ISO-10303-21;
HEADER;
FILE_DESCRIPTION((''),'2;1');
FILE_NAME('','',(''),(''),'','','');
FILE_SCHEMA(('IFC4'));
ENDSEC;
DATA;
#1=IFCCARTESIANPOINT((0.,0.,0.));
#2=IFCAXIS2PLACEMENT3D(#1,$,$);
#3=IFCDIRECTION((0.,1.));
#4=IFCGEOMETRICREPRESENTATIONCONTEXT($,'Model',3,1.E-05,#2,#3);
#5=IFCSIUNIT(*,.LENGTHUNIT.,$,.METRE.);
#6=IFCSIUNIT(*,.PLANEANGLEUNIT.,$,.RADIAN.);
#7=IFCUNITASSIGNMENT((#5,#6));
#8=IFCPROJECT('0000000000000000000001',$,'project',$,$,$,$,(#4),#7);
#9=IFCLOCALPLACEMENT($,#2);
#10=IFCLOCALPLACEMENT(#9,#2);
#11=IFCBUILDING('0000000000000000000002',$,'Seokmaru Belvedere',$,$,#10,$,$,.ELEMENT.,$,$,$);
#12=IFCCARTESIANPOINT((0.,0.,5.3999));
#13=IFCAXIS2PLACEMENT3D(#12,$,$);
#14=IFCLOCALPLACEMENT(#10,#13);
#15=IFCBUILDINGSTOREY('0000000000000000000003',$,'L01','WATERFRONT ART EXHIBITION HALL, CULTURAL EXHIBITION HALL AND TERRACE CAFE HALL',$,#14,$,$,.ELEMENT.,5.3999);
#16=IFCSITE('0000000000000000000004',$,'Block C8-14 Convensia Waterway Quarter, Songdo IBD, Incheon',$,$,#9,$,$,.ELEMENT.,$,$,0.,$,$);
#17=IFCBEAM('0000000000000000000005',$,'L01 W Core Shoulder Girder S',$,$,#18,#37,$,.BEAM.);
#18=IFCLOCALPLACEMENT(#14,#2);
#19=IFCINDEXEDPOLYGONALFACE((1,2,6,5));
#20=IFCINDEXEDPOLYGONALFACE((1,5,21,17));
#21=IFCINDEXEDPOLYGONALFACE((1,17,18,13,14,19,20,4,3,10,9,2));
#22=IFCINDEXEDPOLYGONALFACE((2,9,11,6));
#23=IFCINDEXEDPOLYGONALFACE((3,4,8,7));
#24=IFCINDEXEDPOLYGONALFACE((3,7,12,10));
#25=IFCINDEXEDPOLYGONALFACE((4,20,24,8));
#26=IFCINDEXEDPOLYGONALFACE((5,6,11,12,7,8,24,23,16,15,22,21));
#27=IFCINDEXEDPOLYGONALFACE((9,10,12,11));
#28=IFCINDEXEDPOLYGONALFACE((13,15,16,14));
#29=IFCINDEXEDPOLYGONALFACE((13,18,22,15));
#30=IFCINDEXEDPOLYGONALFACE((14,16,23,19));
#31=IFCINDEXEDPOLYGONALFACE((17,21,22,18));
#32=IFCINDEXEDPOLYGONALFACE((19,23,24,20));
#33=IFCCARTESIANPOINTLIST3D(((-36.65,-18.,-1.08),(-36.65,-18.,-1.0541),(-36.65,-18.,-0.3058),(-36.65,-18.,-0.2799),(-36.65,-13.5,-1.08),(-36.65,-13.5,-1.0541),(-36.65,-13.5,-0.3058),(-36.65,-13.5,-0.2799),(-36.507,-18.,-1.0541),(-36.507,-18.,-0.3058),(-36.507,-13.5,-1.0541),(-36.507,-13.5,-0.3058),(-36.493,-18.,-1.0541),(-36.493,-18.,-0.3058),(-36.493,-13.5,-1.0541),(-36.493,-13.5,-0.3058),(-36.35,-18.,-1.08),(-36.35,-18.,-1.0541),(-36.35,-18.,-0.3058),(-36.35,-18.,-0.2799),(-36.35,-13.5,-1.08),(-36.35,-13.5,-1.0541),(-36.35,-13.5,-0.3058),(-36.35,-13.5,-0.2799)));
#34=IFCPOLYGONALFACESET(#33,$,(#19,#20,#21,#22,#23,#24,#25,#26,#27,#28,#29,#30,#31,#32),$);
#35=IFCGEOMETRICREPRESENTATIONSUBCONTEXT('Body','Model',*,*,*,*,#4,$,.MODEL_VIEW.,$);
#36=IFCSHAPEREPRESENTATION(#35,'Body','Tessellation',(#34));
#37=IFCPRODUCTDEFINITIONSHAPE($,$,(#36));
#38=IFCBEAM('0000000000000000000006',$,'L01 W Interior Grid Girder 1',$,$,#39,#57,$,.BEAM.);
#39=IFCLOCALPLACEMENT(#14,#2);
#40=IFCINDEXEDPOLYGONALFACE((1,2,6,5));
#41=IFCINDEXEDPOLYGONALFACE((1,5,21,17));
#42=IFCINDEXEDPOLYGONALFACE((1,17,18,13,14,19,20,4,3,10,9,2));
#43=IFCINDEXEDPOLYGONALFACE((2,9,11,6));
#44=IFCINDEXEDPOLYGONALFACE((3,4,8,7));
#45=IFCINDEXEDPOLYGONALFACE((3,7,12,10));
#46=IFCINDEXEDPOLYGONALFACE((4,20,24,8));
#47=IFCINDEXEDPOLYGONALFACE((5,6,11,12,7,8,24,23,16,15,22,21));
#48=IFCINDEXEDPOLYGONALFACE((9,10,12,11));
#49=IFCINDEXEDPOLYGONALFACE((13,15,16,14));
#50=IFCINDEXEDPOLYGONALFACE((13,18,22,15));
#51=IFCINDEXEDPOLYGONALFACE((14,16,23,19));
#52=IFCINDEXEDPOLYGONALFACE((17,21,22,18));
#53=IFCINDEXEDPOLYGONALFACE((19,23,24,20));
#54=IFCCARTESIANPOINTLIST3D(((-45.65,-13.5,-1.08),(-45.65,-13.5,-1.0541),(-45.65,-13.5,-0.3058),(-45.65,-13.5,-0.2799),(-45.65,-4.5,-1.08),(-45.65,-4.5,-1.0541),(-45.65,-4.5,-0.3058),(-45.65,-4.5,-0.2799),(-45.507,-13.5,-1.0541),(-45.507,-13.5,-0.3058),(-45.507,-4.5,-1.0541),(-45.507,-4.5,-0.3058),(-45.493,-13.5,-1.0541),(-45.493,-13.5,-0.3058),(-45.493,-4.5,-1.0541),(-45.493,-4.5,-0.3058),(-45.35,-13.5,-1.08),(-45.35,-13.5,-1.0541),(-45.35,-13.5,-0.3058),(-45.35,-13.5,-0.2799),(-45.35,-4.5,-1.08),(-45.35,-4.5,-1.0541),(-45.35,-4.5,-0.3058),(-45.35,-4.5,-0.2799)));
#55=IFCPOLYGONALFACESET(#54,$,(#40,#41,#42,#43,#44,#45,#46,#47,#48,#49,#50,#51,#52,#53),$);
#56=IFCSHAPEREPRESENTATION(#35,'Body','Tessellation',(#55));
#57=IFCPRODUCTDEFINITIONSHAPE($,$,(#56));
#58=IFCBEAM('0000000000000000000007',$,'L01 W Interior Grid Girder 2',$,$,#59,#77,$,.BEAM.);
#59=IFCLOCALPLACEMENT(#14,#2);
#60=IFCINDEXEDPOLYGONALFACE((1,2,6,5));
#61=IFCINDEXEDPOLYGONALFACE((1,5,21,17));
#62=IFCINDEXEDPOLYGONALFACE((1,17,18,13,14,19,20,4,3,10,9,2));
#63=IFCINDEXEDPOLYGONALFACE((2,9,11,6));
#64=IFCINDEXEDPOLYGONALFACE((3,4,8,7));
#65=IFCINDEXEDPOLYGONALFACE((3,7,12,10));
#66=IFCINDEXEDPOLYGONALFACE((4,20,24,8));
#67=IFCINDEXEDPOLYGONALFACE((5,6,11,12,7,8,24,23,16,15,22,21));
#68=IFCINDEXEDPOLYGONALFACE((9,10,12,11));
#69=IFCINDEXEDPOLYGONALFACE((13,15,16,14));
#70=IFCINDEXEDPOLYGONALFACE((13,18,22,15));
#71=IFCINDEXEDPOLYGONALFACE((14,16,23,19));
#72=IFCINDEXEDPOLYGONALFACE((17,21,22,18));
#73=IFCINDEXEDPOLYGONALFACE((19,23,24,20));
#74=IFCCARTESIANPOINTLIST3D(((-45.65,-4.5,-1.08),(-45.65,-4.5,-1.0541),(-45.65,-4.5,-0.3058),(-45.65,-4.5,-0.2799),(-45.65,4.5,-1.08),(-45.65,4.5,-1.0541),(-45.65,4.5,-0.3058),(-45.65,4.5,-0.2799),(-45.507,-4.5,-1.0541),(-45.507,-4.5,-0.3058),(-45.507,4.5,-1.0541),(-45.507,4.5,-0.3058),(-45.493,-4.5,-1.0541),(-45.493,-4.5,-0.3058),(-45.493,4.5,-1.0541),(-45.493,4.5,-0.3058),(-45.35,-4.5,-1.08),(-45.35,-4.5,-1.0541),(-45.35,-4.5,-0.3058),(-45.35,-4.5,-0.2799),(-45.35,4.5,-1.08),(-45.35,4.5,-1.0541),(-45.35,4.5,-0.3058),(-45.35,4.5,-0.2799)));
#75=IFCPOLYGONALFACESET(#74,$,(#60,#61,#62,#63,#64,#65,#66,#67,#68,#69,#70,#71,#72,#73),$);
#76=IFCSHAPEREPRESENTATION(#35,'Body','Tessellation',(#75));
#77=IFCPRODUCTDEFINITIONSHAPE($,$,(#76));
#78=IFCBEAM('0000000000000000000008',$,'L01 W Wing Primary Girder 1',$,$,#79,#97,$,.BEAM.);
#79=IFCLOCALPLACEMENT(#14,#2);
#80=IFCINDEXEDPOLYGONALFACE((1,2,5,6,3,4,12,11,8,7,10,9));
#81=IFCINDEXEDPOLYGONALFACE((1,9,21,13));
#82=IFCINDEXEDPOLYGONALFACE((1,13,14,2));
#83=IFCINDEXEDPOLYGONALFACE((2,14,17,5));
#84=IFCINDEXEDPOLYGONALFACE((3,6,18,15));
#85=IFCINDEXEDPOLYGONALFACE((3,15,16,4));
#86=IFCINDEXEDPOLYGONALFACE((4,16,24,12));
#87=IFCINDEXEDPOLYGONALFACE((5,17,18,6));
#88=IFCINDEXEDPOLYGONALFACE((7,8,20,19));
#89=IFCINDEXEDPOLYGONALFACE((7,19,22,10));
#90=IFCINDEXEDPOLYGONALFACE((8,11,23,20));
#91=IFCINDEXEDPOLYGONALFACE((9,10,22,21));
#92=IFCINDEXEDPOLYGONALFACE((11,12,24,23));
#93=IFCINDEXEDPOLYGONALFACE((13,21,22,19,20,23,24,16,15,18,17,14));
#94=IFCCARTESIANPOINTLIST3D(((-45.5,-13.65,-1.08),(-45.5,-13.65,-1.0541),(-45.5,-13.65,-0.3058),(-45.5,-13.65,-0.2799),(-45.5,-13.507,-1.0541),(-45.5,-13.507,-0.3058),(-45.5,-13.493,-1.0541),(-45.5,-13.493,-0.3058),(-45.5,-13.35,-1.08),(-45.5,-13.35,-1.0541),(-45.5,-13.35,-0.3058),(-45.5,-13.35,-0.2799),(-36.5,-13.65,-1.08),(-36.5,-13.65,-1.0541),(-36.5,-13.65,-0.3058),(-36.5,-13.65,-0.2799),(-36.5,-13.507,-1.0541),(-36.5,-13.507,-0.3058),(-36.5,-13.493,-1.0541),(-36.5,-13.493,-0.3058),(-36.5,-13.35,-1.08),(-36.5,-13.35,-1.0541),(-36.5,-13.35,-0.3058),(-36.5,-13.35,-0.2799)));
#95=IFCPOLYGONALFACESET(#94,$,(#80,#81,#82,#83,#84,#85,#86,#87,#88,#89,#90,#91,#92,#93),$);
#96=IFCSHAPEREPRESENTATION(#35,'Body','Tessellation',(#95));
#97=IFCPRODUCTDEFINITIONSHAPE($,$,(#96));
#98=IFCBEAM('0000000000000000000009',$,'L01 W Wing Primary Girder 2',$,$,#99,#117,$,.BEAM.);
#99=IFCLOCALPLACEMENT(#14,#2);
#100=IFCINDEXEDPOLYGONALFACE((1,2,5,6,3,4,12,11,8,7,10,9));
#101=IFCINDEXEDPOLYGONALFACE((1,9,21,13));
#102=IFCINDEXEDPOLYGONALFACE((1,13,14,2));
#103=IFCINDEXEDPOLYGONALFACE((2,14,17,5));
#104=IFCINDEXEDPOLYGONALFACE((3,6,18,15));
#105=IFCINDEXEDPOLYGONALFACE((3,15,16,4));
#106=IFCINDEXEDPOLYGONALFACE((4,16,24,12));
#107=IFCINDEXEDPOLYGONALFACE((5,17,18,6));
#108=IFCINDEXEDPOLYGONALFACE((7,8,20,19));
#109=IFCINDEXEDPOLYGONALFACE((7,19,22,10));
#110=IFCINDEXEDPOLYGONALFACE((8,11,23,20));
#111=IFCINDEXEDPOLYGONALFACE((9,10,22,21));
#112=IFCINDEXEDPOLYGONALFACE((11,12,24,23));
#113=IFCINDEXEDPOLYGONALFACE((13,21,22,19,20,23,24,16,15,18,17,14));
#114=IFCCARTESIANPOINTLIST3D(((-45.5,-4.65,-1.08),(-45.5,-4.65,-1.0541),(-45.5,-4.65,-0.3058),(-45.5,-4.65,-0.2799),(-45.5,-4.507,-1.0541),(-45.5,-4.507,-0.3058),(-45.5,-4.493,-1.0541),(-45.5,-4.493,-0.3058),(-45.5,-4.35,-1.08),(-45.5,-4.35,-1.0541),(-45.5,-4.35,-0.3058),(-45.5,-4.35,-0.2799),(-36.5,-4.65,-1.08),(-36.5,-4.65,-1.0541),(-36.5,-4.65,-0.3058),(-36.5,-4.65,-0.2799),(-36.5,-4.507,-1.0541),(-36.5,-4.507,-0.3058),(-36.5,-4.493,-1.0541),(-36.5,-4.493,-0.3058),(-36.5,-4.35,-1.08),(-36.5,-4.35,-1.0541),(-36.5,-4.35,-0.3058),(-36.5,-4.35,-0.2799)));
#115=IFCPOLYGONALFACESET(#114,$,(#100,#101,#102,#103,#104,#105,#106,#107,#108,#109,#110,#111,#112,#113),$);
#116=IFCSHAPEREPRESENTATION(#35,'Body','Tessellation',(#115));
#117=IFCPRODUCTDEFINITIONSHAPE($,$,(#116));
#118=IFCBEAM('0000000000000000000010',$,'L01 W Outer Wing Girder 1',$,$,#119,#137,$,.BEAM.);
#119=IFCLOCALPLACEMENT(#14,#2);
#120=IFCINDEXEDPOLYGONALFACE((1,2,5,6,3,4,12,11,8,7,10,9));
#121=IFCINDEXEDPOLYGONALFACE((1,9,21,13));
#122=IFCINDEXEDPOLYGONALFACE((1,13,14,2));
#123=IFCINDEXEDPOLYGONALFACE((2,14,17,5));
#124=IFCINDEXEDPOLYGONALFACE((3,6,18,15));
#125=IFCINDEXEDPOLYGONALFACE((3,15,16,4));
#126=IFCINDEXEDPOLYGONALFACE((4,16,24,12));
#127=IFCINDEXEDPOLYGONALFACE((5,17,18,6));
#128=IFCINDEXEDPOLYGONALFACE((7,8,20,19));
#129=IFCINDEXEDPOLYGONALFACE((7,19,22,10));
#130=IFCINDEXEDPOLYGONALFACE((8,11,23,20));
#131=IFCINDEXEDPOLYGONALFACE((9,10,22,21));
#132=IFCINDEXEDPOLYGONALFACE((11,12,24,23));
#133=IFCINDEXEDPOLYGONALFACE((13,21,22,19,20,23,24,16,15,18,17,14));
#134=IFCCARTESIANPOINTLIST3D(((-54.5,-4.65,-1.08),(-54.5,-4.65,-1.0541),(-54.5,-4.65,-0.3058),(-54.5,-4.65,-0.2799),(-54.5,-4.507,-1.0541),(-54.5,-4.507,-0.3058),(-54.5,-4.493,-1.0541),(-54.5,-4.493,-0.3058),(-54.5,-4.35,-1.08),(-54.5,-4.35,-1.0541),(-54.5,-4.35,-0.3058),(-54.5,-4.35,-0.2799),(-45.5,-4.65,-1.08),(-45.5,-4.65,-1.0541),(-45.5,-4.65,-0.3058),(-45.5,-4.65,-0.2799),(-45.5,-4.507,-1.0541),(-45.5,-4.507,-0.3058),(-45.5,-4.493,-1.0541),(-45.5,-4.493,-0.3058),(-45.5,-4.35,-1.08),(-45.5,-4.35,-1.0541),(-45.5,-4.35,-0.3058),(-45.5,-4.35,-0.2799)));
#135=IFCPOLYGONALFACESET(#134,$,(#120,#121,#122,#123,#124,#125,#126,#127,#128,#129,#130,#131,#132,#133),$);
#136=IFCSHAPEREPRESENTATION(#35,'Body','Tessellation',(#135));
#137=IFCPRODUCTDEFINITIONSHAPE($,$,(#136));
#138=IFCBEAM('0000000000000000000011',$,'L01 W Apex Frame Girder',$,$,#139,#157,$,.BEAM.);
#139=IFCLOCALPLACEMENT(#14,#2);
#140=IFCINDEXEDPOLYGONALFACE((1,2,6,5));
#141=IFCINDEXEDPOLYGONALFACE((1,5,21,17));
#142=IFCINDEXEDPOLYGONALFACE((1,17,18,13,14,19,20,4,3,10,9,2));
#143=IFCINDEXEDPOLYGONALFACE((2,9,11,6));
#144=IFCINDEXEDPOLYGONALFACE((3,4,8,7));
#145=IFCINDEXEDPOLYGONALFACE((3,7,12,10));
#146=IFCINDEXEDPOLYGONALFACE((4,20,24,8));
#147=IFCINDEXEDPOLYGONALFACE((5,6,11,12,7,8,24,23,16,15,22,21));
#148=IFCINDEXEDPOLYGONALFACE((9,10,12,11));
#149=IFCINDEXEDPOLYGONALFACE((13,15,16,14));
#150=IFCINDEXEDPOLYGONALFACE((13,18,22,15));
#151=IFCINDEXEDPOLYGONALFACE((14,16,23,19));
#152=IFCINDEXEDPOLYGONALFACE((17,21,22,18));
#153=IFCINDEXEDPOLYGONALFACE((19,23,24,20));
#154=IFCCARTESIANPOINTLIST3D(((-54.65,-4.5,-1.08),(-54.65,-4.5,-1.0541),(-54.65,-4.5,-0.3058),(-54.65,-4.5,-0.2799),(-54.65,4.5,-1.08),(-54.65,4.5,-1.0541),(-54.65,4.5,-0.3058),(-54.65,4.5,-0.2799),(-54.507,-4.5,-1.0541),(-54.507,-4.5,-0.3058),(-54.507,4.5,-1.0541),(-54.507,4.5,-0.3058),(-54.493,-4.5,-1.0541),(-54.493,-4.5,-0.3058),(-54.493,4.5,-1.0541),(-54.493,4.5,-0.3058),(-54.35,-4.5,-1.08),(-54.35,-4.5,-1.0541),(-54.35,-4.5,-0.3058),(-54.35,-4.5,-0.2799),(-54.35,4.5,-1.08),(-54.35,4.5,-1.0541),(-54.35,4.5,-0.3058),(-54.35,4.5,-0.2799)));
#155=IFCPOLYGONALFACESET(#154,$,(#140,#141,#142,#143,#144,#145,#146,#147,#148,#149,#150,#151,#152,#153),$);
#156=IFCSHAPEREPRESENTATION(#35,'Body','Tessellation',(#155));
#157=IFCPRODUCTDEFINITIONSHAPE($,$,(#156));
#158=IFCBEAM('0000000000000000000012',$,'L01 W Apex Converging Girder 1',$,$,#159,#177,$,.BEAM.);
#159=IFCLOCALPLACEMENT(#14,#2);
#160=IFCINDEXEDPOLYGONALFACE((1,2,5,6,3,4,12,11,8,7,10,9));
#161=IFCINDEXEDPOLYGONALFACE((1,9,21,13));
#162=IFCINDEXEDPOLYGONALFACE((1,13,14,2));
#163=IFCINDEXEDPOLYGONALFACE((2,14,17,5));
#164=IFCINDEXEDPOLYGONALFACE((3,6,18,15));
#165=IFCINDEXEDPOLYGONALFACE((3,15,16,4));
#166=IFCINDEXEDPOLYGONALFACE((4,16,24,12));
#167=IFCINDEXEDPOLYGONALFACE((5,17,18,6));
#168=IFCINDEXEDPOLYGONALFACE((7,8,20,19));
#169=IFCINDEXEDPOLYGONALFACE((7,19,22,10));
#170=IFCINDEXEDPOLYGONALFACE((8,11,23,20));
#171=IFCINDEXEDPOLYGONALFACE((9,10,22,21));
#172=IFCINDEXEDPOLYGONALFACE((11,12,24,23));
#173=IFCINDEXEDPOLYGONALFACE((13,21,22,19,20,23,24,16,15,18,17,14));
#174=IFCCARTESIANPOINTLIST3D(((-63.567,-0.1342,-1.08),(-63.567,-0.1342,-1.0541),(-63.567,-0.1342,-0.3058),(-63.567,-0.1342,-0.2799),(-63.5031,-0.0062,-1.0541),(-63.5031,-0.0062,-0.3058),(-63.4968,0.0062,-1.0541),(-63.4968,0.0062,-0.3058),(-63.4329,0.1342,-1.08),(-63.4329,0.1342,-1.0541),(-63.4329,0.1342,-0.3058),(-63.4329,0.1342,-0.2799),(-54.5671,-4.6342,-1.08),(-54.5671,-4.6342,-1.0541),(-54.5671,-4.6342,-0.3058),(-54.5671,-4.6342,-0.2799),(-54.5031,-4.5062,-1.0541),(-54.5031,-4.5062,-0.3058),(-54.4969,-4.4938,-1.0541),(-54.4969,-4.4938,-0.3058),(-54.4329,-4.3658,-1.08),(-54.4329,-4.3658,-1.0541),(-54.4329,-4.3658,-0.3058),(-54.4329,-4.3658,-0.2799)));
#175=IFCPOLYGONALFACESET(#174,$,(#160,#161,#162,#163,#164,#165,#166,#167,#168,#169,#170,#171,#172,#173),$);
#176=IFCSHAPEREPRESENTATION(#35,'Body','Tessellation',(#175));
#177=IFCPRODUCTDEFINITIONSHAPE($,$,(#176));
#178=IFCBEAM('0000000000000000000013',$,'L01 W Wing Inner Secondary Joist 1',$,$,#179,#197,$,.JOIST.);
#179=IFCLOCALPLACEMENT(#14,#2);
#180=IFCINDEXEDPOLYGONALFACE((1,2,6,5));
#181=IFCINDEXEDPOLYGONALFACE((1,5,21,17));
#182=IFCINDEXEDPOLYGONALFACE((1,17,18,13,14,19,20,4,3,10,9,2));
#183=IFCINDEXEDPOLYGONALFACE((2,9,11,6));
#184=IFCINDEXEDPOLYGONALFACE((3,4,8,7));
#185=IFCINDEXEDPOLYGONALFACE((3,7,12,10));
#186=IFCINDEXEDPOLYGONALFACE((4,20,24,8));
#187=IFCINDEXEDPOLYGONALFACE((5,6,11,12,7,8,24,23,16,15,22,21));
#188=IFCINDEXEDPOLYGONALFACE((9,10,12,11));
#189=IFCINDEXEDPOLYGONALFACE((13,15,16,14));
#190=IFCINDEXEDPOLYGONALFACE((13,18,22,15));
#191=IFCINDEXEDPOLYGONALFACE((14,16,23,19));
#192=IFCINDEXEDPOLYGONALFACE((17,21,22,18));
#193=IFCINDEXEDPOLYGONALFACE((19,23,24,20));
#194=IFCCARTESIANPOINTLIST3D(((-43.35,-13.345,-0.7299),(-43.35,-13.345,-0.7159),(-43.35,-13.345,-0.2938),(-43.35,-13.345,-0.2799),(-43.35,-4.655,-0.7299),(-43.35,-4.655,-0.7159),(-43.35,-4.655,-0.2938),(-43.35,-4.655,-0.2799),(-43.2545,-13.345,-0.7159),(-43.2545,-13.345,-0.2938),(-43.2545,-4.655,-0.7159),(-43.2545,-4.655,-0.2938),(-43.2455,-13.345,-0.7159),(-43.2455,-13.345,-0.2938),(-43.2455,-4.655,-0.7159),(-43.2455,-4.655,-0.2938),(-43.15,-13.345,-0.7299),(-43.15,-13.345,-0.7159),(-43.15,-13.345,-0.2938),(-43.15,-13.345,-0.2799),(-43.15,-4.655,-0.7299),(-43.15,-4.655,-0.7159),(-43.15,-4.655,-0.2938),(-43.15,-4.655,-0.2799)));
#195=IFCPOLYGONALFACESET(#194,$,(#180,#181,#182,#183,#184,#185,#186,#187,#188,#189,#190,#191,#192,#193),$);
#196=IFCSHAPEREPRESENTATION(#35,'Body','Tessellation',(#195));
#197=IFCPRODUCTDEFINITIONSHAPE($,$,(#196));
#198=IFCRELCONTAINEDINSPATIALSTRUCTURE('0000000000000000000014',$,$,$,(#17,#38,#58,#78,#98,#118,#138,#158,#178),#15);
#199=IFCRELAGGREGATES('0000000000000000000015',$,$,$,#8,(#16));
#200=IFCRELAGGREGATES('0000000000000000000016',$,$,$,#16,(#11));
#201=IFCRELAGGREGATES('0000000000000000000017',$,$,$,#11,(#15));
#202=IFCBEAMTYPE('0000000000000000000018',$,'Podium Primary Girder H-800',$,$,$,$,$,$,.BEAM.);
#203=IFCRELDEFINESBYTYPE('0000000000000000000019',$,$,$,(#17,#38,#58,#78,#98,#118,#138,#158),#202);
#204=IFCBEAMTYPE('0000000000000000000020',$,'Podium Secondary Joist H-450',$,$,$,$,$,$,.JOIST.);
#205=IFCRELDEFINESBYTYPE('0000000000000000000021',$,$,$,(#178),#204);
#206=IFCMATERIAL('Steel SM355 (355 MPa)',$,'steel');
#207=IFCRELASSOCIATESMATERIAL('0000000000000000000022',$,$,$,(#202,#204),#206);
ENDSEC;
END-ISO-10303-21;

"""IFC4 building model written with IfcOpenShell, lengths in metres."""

from ifc_helpers import new_model, si_unit, direction, frame, origin, origin_2d, place, context, subcontext, project, spatial, i_section, extrude, source, transform, mapped, material, material_profile, profile_set, type_object, type_shapes, element, save


model = new_model("IFC4")

# Units and contexts
model_context = context("Model", 3, precision=1e-05, world=origin(), true_north=direction((0.0, 1.0)))
body_context = subcontext(model_context, "Body", "Model", "MODEL_VIEW")
ifc_project = project(units=[si_unit("LENGTHUNIT", "METRE"), si_unit("PLANEANGLEUNIT", "RADIAN")], contexts=[model_context])

# Site, building, storey
site_placement = place(None, origin())
site = spatial("IfcSite", under=ifc_project, at=site_placement, Name="Block C8-14 Convensia Waterway Quarter, Songdo IBD, Incheon", CompositionType="ELEMENT", RefElevation=0.0)
building_placement = place(site_placement, origin())
building = spatial("IfcBuilding", under=site, at=building_placement, Name="Seokmaru Belvedere", CompositionType="ELEMENT")
storey_placement = place(building_placement, frame((0.0, 0.0, 5.3999)))
storey = spatial("IfcBuildingStorey", under=building, at=storey_placement, Name="L01", Description="WATERFRONT ART EXHIBITION HALL, CULTURAL EXHIBITION HALL AND TERRACE CAFE HALL", CompositionType="ELEMENT", Elevation=5.3999)

# Shared definitions
ifc_material_1 = material(Name="Steel SM355 (355 MPa)", Category="steel")

# Beams
ifc_material_profile_1 = material_profile(ifc_material_1, i_section(OverallWidth=0.3, OverallDepth=0.8, WebThickness=0.0139, FlangeThickness=0.0259, at=origin_2d()), Name="H-800x300x14x26")
ifc_profile_set_1 = profile_set([ifc_material_profile_1], Name="Steel SM355 (355 MPa)")
beam_type_1 = type_object("IfcBeamType", Name="Podium Primary Girder H-800", PredefinedType="BEAM", material=ifc_profile_set_1)
shared_shape_1 = source(origin(), body_context, "Body", "SweptSolid", [
    extrude(i_section(OverallWidth=0.3, OverallDepth=0.8, WebThickness=0.0139, FlangeThickness=0.0259, at=origin_2d()), origin(), (0.0, 0.0, 1.0), 4.5),
])
beam_1_placement = place(storey_placement, frame((-36.5, -18.0, -0.6799), z_axis=(0.0, 1.0, 0.0), x_axis=(-1.0, 0.0, 0.0)))
element("IfcBeam", 1, at=beam_1_placement, inside=storey, type_object=beam_type_1, Name="L01 W Core Shoulder Girder S", PredefinedType="BEAM", context=body_context, shape_type="MappedRepresentation", body=[
    mapped(shared_shape_1, transform((0.0, 0.0, 0.0), scale=1.0)),
])
shared_shape_2 = source(origin(), body_context, "Body", "SweptSolid", [
    extrude(i_section(OverallWidth=0.3, OverallDepth=0.8, WebThickness=0.0139, FlangeThickness=0.0259, at=origin_2d()), origin(), (0.0, 0.0, 1.0), 9.0),
])
for number, where, z_axis, x_axis, name in (
    (2, (-45.5, -13.5, -0.6799), (0.0, 1.0, 0.0), (-1.0, 0.0, 0.0), "L01 W Interior Grid Girder 1"),
    (3, (-45.5, -4.5, -0.6799), (0.0, 1.0, 0.0), (-1.0, 0.0, 0.0), "L01 W Interior Grid Girder 2"),
    (4, (-45.5, -13.5, -0.6799), (1.0, 0.0, 0.0), (0.0, 1.0, 0.0), "L01 W Wing Primary Girder 1"),
    (5, (-45.5, -4.5, -0.6799), (1.0, 0.0, 0.0), (0.0, 1.0, 0.0), "L01 W Wing Primary Girder 2"),
    (6, (-54.5, -4.5, -0.6799), (1.0, 0.0, 0.0), (0.0, 1.0, 0.0), "L01 W Outer Wing Girder 1"),
    (7, (-54.5, -4.5, -0.6799), (0.0, 1.0, 0.0), (-1.0, 0.0, 0.0), "L01 W Apex Frame Girder"),
):
    element("IfcBeam", number, at=place(storey_placement, frame(where, z_axis=z_axis, x_axis=x_axis)), inside=storey, type_object=beam_type_1, Name=name, PredefinedType="BEAM", context=body_context, shape_type="MappedRepresentation", body=[
        mapped(shared_shape_2, transform((0.0, 0.0, 0.0), scale=1.0)),
    ])
shared_shape_3 = source(origin(), body_context, "Body", "SweptSolid", [
    extrude(i_section(OverallWidth=0.3, OverallDepth=0.8, WebThickness=0.0139, FlangeThickness=0.0259, at=origin_2d()), origin(), (0.0, 0.0, 1.0), 10.0623),
])
beam_2_placement = place(storey_placement, frame((-54.5, -4.5, -0.6799), z_axis=(-0.894427, 0.447214, 0.0), x_axis=(-0.447214, -0.894427, 0.0)))
element("IfcBeam", 8, at=beam_2_placement, inside=storey, type_object=beam_type_1, Name="L01 W Apex Converging Girder 1", PredefinedType="BEAM", context=body_context, shape_type="MappedRepresentation", body=[
    mapped(shared_shape_3, transform((0.0, 0.0, 0.0), scale=1.0)),
])
ifc_material_profile_2 = material_profile(ifc_material_1, i_section(OverallWidth=0.2, OverallDepth=0.45, WebThickness=0.009, FlangeThickness=0.0139, at=origin_2d()), Name="H-450x200x9x14")
ifc_profile_set_2 = profile_set([ifc_material_profile_2], Name="Steel SM355 (355 MPa)")
beam_type_2 = type_object("IfcBeamType", Name="Podium Secondary Joist H-450", PredefinedType="JOIST", material=ifc_profile_set_2)
shared_shape_4 = source(origin(), body_context, "Body", "SweptSolid", [
    extrude(i_section(OverallWidth=0.2, OverallDepth=0.45, WebThickness=0.009, FlangeThickness=0.0139, at=origin_2d()), origin(), (0.0, 0.0, 1.0), 8.6899),
])
type_shapes(beam_type_2, [shared_shape_4])
for number, where, z_axis, x_axis, name in (
    (9, (-43.25, -13.345, -0.5049), (0.0, 1.0, 0.0), (-1.0, 0.0, 0.0), "L01 W Wing Inner Secondary Joist 1"),
):
    element("IfcBeam", number, at=place(storey_placement, frame(where, z_axis=z_axis, x_axis=x_axis)), inside=storey, type_object=beam_type_2, Name=name, PredefinedType="JOIST", context=body_context, shape_type="MappedRepresentation", body=[
        mapped(shared_shape_4, transform((0.0, 0.0, 0.0), scale=1.0)),
    ])

save(model, "model.ifc")
